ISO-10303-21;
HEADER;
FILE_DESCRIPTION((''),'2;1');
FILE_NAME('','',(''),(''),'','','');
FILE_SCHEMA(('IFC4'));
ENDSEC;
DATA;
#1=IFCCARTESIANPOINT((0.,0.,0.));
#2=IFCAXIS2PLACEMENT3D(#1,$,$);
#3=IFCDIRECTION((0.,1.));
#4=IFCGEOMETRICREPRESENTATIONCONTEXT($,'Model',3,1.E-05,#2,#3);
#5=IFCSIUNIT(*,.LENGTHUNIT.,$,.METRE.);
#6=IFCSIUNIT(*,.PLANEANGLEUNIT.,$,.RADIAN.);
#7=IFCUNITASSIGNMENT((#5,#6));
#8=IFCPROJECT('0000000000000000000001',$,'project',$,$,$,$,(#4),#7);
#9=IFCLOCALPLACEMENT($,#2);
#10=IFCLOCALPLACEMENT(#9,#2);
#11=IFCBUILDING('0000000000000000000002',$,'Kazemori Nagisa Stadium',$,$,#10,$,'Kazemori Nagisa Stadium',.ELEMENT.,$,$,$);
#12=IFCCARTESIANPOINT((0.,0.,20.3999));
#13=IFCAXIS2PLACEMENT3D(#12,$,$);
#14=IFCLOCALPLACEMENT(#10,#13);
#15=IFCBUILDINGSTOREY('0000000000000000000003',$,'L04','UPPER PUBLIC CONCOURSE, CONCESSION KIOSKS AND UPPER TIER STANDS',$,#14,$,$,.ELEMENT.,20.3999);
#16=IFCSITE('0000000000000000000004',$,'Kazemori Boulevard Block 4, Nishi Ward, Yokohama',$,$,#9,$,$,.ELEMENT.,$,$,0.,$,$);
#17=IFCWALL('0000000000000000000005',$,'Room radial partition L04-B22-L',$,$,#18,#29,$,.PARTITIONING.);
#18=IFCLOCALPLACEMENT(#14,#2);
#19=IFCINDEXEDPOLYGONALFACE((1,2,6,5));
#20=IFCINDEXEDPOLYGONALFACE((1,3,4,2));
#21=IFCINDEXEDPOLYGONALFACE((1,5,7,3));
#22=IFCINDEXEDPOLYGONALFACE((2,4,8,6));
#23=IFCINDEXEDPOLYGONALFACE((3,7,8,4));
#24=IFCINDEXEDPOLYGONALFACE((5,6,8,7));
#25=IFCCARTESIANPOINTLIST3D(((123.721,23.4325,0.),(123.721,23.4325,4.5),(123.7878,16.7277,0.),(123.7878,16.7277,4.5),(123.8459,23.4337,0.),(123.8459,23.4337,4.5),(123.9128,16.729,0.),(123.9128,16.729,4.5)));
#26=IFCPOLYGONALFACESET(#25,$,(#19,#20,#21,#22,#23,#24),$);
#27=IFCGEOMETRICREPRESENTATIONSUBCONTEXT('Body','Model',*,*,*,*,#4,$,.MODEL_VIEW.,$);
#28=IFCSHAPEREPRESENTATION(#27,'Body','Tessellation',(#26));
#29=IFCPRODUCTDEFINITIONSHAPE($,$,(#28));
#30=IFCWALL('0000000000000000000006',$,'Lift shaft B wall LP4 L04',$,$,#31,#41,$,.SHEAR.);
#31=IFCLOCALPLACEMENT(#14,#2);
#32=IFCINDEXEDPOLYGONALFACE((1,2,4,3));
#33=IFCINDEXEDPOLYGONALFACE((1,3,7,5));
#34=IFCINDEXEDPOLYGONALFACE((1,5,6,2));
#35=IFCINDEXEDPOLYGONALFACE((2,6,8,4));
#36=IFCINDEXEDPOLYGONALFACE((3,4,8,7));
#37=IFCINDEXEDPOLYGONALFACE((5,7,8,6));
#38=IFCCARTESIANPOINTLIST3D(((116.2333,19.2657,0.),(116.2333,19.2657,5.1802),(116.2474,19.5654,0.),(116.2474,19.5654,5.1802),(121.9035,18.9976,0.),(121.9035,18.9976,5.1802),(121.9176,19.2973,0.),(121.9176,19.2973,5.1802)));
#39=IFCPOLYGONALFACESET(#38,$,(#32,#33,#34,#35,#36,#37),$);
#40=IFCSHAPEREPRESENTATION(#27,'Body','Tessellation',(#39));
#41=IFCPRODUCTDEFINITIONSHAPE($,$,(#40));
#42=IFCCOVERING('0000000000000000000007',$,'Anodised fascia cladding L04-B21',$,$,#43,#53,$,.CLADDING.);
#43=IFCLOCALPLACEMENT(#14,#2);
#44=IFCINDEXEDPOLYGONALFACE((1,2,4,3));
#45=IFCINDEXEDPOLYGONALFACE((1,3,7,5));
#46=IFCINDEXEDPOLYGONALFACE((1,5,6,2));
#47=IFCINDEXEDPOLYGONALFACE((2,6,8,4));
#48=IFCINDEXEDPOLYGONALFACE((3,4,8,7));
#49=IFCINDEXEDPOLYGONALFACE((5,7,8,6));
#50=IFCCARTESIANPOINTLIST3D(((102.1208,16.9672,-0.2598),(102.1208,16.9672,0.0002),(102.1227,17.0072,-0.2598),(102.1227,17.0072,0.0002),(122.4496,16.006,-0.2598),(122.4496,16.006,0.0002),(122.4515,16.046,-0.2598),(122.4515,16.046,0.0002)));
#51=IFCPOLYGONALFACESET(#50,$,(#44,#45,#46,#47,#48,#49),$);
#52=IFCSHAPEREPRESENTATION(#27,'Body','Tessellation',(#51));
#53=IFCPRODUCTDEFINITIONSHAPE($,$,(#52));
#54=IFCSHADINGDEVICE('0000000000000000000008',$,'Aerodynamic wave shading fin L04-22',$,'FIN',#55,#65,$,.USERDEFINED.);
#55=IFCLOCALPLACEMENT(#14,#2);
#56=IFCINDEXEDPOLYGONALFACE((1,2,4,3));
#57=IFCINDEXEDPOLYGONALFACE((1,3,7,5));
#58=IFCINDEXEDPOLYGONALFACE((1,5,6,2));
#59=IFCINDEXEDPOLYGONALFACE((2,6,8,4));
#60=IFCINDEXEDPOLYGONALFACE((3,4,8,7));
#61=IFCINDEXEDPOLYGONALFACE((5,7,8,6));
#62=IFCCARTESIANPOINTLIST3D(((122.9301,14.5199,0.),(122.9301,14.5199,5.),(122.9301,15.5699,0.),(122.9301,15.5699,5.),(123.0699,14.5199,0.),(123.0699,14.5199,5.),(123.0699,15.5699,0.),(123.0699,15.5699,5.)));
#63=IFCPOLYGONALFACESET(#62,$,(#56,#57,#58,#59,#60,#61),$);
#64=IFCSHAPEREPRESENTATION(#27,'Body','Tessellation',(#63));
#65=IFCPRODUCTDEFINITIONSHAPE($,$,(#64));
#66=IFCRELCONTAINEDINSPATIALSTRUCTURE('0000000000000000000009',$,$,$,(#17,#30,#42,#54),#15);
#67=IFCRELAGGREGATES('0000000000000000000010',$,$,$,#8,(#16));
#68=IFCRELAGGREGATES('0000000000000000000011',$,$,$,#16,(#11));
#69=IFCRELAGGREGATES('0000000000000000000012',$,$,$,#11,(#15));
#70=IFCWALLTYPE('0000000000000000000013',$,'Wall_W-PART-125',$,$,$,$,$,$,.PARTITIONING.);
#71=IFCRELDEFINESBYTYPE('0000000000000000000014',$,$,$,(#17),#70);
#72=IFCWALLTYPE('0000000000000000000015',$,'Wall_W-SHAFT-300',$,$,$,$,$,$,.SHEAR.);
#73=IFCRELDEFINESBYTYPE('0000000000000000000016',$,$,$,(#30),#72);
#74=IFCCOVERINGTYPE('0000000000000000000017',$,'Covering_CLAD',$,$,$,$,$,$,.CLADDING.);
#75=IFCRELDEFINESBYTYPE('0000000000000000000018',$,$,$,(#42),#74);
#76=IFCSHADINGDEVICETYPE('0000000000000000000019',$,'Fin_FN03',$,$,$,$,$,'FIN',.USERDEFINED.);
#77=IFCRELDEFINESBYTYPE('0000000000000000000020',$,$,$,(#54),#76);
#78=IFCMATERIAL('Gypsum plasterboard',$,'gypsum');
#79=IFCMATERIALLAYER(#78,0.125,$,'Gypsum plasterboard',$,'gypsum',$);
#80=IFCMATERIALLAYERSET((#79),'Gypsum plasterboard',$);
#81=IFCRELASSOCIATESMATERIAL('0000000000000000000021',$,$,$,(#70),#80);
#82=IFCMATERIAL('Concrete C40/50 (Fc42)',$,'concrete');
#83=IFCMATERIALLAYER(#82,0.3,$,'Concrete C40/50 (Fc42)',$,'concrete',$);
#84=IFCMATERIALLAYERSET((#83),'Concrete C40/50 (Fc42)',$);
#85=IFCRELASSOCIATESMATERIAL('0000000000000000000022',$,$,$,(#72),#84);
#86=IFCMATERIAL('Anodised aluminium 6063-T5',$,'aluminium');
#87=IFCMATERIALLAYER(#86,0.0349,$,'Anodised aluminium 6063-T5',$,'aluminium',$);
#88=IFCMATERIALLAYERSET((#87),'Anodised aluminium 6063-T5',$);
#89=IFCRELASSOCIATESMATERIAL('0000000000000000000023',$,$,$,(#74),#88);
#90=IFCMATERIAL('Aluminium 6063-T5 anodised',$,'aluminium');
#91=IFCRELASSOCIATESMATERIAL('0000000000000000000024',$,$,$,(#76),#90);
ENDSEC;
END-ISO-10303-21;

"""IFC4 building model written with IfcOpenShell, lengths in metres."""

from ifc_helpers import new_model, si_unit, direction, frame, frame_2d, origin, origin_2d, place, context, subcontext, project, spatial, rectangle, extrude, material, layer, layer_set, type_object, element, save


model = new_model("IFC4")

# Units and contexts
model_context = context("Model", 3, precision=1e-05, world=origin(), true_north=direction((0.0, 1.0)))
body_context = subcontext(model_context, "Body", "Model", "MODEL_VIEW")
ifc_project = project(units=[si_unit("LENGTHUNIT", "METRE"), si_unit("PLANEANGLEUNIT", "RADIAN")], contexts=[model_context])

# Site, building, storey
site_placement = place(None, origin())
site = spatial("IfcSite", under=ifc_project, at=site_placement, Name="Kazemori Boulevard Block 4, Nishi Ward, Yokohama", CompositionType="ELEMENT", RefElevation=0.0)
building_placement = place(site_placement, origin())
building = spatial("IfcBuilding", under=site, at=building_placement, Name="Kazemori Nagisa Stadium", LongName="Kazemori Nagisa Stadium", CompositionType="ELEMENT")
storey_placement = place(building_placement, frame((0.0, 0.0, 20.3999)))
storey = spatial("IfcBuildingStorey", under=building, at=storey_placement, Name="L04", Description="UPPER PUBLIC CONCOURSE, CONCESSION KIOSKS AND UPPER TIER STANDS", CompositionType="ELEMENT", Elevation=20.3999)

# Shared definitions
ifc_material_1 = material(Name="Anodised aluminium 6063-T5", Category="aluminium")
ifc_material_2 = material(Name="Aluminium 6063-T5 anodised", Category="aluminium")

# Shared definitions
ifc_material_3 = material(Name="Gypsum plasterboard", Category="gypsum")
ifc_layer_1 = layer(ifc_material_3, 0.125, Name="Gypsum plasterboard", Category="gypsum")
ifc_layer_set_1 = layer_set([ifc_layer_1], Name="Gypsum plasterboard")
wall_type_1 = type_object("IfcWallType", Name="Wall_W-PART-125", PredefinedType="PARTITIONING", material=ifc_layer_set_1)

# Walls
wall_1_placement = place(storey_placement, frame((123.7834, 23.4331, 0.0), z_axis=(0.0, 0.0, 1.0), x_axis=(0.009977, -0.99995, 0.0)))
element("IfcWall", 1, at=wall_1_placement, inside=storey, type_object=wall_type_1, Name="Room radial partition L04-B22-L", PredefinedType="PARTITIONING", context=body_context, shape_type="SweptSolid", body=[
    extrude(rectangle(XDim=6.7051, YDim=0.125, at=frame_2d((3.3525, 0.0))), origin(), (0.0, 0.0, 1.0), 4.5),
])
ifc_material_4 = material(Name="Concrete C40/50 (Fc42)", Category="concrete")
ifc_layer_2 = layer(ifc_material_4, 0.3, Name="Concrete C40/50 (Fc42)", Category="concrete")
ifc_layer_set_2 = layer_set([ifc_layer_2], Name="Concrete C40/50 (Fc42)")
wall_type_2 = type_object("IfcWallType", Name="Wall_W-SHAFT-300", PredefinedType="SHEAR", material=ifc_layer_set_2)
wall_2_placement = place(storey_placement, frame((116.2402, 19.4155, 0.0), z_axis=(0.0, 0.0, 1.0), x_axis=(0.998884, -0.047224, 0.0)))
element("IfcWall", 2, at=wall_2_placement, inside=storey, type_object=wall_type_2, Name="Lift shaft B wall LP4 L04", PredefinedType="SHEAR", context=body_context, shape_type="SweptSolid", body=[
    extrude(rectangle(XDim=5.6765, YDim=0.3, at=frame_2d((2.8384, 0.0))), origin(), (0.0, 0.0, 1.0), 5.1802),
])

# Covering
ifc_layer_3 = layer(ifc_material_1, 0.0349, Name="Anodised aluminium 6063-T5", Category="aluminium")
ifc_layer_set_3 = layer_set([ifc_layer_3], Name="Anodised aluminium 6063-T5")
covering_type = type_object("IfcCoveringType", Name="Covering_CLAD", PredefinedType="CLADDING", material=ifc_layer_set_3)
covering_placement = place(storey_placement, frame((112.2861, 16.5066, -0.2598), z_axis=(0.0, 0.0, 1.0), x_axis=(0.998884, -0.04723, 0.0)))
element("IfcCovering", 3, at=covering_placement, inside=storey, type_object=covering_type, Name="Anodised fascia cladding L04-B21", PredefinedType="CLADDING", context=body_context, shape_type="SweptSolid", body=[
    extrude(rectangle(XDim=20.3516, YDim=0.04, at=origin_2d()), origin(), (0.0, 0.0, 1.0), 0.26),
])

# Shading device
shading_device_type = type_object("IfcShadingDeviceType", Name="Fin_FN03", ElementType="FIN", PredefinedType="USERDEFINED", material=ifc_material_2)
shading_device_placement = place(storey_placement, frame((123.0, 15.0449, 0.0), z_axis=(0.0, 0.0, 1.0), x_axis=(0.0, -1.0, 0.0)))
element("IfcShadingDevice", 4, at=shading_device_placement, inside=storey, type_object=shading_device_type, Name="Aerodynamic wave shading fin L04-22", ObjectType="FIN", PredefinedType="USERDEFINED", context=body_context, shape_type="SweptSolid", body=[
    extrude(rectangle(XDim=1.05, YDim=0.1399, at=origin_2d()), origin(), (0.0, 0.0, 1.0), 5.0),
])

save(model, "model.ifc")
